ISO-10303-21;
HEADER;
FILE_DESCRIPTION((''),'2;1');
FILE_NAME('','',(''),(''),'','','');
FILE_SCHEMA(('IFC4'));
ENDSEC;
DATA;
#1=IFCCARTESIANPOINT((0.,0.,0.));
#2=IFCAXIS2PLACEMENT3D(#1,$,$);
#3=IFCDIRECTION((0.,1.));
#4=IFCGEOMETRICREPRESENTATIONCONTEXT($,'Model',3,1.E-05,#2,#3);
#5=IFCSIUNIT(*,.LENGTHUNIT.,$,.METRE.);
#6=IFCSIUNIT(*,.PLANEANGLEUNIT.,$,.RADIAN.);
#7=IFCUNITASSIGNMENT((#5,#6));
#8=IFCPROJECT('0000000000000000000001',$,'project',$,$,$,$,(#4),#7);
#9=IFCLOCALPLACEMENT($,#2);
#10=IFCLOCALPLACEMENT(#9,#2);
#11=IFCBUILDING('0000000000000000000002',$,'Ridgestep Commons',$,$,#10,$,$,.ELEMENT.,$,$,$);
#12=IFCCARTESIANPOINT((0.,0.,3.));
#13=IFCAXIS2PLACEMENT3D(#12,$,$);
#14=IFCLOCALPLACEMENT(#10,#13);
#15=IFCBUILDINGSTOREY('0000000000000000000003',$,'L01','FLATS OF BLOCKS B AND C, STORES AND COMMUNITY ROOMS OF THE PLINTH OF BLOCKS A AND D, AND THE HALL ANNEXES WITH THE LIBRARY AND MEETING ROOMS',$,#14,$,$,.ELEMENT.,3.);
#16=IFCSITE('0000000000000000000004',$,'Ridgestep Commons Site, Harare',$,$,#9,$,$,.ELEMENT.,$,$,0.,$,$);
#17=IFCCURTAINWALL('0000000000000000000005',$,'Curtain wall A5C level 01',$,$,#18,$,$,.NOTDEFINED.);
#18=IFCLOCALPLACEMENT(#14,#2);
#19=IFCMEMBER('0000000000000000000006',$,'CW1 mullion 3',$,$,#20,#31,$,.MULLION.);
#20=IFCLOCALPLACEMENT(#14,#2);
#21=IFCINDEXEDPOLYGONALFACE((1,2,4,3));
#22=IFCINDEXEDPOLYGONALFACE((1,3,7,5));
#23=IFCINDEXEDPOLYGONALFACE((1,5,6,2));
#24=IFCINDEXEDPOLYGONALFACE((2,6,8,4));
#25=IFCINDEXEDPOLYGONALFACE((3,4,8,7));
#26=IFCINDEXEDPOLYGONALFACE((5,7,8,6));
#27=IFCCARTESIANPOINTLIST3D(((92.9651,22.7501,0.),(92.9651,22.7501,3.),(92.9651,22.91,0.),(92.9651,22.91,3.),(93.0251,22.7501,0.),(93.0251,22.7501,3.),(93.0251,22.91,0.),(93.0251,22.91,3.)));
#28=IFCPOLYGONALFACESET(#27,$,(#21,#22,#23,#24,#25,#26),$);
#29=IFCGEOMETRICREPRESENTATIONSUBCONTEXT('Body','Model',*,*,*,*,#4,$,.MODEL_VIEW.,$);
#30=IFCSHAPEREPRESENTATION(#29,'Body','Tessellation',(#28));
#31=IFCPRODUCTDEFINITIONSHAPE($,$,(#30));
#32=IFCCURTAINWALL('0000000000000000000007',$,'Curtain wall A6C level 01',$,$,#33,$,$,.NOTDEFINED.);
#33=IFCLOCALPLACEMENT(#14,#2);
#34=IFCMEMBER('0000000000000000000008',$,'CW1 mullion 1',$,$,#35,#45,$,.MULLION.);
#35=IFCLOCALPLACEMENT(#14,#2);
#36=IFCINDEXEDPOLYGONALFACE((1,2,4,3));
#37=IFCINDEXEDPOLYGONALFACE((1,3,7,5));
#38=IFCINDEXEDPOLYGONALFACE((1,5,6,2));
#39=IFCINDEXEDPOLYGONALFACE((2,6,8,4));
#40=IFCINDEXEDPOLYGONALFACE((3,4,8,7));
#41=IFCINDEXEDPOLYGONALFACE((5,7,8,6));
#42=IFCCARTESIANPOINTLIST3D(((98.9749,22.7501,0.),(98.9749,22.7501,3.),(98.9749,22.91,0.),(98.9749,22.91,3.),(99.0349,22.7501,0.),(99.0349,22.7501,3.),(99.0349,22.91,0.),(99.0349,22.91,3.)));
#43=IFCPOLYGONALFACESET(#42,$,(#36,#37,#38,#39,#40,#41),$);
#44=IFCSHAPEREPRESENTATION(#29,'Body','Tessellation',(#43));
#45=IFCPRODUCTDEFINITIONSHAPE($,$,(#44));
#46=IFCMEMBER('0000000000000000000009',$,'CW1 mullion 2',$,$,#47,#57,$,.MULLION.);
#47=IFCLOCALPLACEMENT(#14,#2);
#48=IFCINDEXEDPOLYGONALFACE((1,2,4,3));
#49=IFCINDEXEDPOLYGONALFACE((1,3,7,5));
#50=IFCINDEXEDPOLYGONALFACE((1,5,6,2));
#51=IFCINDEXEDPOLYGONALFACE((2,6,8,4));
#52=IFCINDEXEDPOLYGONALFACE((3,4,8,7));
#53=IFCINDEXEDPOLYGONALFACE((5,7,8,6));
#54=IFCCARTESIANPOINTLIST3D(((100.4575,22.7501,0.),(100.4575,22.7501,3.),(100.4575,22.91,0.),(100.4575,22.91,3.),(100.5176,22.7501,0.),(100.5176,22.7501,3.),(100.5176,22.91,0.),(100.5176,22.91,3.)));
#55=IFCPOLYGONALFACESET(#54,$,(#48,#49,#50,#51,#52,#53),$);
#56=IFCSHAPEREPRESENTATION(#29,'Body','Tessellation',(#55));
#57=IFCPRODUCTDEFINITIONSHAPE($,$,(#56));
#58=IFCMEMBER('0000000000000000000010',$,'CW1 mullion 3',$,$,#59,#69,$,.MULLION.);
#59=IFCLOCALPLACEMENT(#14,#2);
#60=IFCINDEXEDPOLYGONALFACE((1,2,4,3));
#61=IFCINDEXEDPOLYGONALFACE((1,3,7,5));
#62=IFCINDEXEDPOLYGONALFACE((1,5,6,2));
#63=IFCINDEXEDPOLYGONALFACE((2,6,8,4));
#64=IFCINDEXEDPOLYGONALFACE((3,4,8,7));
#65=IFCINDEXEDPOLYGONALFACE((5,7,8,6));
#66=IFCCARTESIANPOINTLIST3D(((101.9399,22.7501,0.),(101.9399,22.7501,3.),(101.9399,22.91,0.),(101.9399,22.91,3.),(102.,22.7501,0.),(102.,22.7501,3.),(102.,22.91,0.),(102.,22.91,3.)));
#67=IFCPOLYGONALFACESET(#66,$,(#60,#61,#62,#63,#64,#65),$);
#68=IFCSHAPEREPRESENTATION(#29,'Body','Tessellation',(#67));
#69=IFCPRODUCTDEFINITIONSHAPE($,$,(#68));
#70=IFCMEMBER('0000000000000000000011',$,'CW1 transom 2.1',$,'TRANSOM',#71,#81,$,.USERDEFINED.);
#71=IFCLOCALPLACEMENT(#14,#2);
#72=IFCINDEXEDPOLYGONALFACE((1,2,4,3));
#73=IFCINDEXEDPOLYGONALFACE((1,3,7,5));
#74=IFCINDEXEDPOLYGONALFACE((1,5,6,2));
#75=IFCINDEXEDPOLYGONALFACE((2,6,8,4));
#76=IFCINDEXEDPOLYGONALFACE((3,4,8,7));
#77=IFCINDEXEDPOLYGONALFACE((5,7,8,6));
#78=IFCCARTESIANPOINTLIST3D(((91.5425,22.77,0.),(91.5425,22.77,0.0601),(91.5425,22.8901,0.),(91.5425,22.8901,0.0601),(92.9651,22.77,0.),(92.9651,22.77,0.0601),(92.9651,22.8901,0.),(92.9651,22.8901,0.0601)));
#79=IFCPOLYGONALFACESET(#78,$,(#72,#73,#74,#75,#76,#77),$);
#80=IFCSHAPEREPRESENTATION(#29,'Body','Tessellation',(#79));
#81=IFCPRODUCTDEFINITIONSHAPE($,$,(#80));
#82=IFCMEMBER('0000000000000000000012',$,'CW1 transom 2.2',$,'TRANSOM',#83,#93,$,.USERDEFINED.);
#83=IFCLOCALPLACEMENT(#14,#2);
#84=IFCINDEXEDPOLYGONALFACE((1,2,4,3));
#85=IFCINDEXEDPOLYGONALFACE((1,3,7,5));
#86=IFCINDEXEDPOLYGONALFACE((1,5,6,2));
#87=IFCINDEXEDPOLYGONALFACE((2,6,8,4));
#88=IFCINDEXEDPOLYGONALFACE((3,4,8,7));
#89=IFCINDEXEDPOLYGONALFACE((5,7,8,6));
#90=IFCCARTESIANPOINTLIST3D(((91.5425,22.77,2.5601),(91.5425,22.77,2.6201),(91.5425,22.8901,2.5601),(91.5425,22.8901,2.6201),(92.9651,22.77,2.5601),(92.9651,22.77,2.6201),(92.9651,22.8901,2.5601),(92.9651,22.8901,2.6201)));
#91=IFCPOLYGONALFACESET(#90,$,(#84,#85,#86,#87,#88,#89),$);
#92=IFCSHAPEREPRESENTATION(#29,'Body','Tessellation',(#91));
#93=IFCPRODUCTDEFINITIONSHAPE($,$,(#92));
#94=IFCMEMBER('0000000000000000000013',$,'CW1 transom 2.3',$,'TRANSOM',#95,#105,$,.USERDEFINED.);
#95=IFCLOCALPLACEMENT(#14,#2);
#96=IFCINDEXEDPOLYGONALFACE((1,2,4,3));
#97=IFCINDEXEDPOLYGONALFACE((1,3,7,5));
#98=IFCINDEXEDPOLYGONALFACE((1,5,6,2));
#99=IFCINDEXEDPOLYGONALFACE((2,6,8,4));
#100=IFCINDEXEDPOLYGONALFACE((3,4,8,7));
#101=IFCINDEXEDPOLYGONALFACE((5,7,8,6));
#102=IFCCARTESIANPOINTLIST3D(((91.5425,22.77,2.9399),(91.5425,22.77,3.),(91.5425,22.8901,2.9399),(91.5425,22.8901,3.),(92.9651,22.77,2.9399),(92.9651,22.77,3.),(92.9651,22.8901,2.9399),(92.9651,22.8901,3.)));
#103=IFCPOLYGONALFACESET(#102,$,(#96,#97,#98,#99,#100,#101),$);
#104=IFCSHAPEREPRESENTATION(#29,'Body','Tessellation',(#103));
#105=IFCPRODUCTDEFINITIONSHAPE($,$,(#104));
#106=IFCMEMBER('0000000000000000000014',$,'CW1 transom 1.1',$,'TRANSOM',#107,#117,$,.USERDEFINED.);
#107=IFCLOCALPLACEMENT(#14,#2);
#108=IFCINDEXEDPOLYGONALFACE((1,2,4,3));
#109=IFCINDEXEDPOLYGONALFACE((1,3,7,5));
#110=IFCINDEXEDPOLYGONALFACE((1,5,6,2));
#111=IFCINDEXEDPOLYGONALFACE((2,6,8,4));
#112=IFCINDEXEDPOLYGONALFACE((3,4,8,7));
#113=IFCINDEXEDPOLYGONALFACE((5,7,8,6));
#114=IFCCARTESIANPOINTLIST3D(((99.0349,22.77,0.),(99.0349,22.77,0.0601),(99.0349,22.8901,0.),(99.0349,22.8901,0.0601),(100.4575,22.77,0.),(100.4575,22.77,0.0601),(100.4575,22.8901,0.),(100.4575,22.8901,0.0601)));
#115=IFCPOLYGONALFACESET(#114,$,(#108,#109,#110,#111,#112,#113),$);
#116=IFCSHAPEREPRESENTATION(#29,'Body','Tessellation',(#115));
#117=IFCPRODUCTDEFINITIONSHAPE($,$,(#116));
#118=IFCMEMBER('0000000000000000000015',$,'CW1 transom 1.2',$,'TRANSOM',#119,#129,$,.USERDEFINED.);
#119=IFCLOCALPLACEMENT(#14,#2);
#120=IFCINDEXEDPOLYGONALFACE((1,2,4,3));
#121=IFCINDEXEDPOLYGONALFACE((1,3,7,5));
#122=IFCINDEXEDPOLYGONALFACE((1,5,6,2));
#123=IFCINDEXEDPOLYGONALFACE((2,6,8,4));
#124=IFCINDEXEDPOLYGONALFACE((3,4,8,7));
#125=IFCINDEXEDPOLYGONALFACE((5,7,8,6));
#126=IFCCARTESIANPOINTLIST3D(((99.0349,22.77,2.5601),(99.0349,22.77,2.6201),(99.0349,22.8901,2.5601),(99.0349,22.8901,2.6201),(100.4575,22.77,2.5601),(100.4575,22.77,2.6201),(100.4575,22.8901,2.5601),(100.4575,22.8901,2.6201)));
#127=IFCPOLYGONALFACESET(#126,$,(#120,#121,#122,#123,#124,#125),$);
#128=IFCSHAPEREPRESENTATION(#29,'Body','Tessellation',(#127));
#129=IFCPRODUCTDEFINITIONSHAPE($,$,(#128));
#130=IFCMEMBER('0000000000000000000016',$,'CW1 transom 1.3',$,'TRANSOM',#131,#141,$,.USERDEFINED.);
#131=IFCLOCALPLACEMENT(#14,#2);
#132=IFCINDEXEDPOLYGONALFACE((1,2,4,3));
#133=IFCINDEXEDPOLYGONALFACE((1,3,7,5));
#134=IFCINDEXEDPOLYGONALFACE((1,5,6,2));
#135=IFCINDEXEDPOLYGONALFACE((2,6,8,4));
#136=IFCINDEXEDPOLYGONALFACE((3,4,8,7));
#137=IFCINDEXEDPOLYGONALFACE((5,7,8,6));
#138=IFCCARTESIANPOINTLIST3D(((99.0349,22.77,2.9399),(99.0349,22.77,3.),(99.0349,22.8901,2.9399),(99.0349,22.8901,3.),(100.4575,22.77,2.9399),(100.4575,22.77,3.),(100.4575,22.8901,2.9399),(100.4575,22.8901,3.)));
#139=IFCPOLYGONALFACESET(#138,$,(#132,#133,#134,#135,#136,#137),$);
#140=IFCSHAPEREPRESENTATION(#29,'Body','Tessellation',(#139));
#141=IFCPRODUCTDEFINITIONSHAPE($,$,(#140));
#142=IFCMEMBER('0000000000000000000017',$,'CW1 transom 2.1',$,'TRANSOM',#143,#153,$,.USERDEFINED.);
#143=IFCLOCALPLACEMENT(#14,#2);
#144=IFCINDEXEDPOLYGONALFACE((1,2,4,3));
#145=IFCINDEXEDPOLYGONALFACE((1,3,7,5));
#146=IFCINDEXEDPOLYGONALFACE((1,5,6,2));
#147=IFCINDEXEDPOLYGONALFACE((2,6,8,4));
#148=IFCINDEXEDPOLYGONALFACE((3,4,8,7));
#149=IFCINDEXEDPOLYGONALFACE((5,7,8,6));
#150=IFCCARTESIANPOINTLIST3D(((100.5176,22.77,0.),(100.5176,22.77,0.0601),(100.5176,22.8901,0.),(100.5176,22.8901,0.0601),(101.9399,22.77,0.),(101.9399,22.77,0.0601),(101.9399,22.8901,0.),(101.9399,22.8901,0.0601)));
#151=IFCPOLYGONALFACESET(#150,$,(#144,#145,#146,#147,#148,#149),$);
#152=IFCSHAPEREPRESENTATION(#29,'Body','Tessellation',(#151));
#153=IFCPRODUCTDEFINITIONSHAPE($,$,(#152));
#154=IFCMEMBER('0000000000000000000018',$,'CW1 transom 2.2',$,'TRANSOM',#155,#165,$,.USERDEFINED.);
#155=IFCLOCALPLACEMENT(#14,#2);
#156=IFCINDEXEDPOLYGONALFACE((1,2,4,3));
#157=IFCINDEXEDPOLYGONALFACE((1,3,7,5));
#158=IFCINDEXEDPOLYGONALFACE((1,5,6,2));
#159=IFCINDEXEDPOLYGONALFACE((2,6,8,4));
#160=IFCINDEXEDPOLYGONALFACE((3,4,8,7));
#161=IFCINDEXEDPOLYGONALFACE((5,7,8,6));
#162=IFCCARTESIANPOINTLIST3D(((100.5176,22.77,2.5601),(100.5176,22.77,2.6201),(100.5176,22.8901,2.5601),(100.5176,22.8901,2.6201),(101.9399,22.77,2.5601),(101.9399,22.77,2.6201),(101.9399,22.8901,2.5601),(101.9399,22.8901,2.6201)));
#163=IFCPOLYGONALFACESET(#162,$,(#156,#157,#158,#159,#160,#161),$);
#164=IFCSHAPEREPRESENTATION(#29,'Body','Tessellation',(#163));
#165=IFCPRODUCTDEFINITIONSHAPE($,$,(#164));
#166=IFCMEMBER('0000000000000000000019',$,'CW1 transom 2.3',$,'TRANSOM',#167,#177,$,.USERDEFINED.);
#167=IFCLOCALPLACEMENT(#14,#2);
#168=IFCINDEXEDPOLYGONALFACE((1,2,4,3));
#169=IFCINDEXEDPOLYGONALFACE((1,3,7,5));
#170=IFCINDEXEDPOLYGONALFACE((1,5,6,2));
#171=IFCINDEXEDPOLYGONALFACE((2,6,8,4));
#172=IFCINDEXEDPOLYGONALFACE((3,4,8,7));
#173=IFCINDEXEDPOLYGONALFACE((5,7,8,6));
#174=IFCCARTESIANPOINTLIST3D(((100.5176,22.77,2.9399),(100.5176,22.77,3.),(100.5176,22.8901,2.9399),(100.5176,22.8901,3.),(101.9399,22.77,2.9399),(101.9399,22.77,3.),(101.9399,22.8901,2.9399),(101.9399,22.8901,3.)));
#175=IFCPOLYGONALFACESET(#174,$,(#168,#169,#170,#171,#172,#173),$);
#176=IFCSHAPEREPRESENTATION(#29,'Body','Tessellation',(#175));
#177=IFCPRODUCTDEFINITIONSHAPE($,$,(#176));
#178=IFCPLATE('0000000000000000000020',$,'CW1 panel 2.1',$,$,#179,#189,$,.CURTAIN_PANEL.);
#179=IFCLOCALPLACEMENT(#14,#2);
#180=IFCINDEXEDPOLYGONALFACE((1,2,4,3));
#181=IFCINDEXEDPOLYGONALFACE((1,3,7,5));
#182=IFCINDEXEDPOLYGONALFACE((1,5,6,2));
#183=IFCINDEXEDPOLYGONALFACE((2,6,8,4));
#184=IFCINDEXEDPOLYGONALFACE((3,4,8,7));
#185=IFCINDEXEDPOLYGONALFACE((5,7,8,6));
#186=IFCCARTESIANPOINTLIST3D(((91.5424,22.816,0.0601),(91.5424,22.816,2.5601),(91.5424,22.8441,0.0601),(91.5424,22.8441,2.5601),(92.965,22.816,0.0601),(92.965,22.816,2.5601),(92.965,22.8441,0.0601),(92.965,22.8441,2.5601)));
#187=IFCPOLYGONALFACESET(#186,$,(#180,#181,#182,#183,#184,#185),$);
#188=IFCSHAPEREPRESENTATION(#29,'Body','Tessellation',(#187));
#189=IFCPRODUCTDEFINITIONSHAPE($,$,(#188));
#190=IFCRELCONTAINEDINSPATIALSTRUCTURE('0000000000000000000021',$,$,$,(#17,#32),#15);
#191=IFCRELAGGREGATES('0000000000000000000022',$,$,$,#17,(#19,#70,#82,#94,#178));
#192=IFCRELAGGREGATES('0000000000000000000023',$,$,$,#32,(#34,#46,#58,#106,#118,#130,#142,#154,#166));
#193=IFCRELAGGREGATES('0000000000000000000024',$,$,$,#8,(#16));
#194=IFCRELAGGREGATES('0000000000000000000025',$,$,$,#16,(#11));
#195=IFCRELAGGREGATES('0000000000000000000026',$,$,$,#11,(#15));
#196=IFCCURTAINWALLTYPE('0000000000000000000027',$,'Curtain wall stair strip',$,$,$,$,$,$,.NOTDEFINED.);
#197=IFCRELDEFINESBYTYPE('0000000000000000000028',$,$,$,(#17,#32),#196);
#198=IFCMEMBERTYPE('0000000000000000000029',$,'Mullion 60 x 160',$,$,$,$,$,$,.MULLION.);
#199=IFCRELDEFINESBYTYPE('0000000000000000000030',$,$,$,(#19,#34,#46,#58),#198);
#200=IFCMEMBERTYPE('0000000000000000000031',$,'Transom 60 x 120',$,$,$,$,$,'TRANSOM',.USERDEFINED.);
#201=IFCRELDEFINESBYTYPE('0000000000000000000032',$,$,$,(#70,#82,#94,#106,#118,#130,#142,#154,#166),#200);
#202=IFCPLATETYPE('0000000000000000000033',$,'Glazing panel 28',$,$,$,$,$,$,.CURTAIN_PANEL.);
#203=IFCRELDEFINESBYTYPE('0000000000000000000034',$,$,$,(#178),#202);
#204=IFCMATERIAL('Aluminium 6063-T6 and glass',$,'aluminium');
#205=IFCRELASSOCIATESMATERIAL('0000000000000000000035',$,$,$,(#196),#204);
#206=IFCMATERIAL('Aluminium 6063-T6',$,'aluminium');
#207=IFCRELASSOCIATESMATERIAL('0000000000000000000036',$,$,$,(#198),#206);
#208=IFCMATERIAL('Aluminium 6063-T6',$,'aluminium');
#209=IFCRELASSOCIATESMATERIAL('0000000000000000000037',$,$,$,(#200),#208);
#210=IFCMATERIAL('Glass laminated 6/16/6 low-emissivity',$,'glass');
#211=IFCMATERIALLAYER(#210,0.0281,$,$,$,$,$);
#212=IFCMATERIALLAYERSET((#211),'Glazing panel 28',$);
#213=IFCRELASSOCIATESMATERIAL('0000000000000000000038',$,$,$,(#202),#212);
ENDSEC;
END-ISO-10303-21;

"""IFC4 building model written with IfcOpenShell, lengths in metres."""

from ifc_helpers import new_model, si_unit, direction, frame, origin, origin_2d, place, context, subcontext, project, spatial, rectangle, extrude, material, layer, layer_set, material_profile, profile_set, type_object, element, aggregate, save


model = new_model("IFC4")

# Units and contexts
model_context = context("Model", 3, precision=1e-05, world=origin(), true_north=direction((0.0, 1.0)))
body_context = subcontext(model_context, "Body", "Model", "MODEL_VIEW")
ifc_project = project(units=[si_unit("LENGTHUNIT", "METRE"), si_unit("PLANEANGLEUNIT", "RADIAN")], contexts=[model_context])

# Site, building, storey
site_placement = place(None, origin())
site = spatial("IfcSite", under=ifc_project, at=site_placement, Name="Ridgestep Commons Site, Harare", CompositionType="ELEMENT", RefElevation=0.0)
building_placement = place(site_placement, origin())
building = spatial("IfcBuilding", under=site, at=building_placement, Name="Ridgestep Commons", CompositionType="ELEMENT")
storey_placement = place(building_placement, frame((0.0, 0.0, 3.0)))
storey = spatial("IfcBuildingStorey", under=building, at=storey_placement, Name="L01", Description="FLATS OF BLOCKS B AND C, STORES AND COMMUNITY ROOMS OF THE PLINTH OF BLOCKS A AND D, AND THE HALL ANNEXES WITH THE LIBRARY AND MEETING ROOMS", CompositionType="ELEMENT", Elevation=3.0)

# Curtain wall, member
ifc_material_1 = material(Name="Aluminium 6063-T6 and glass", Category="aluminium")
curtain_wall_type = type_object("IfcCurtainWallType", Name="Curtain wall stair strip", PredefinedType="NOTDEFINED", material=ifc_material_1)
curtain_wall_1_placement = place(storey_placement, origin())
curtain_wall_1 = element("IfcCurtainWall", 1, at=curtain_wall_1_placement, inside=storey, type_object=curtain_wall_type, Name="Curtain wall A5C level 01", PredefinedType="NOTDEFINED")
ifc_material_2 = material(Name="Aluminium 6063-T6", Category="aluminium")
ifc_material_profile_1 = material_profile(ifc_material_2, rectangle(XDim=0.1599, YDim=0.0601, at=origin_2d()), Name="Mullion 60 x 160")
ifc_profile_set_1 = profile_set([ifc_material_profile_1], Name="Aluminium 6063-T6")
member_type_1 = type_object("IfcMemberType", Name="Mullion 60 x 160", PredefinedType="MULLION", material=ifc_profile_set_1)
member_1_placement = place(storey_placement, frame((92.9951, 22.8301, 0.0), z_axis=(0.0, 0.0, 1.0), x_axis=(0.0, 1.0, 0.0)))
member_1 = element("IfcMember", 2, at=member_1_placement, type_object=member_type_1, Name="CW1 mullion 3", PredefinedType="MULLION", context=body_context, shape_type="SweptSolid", body=[
    extrude(rectangle(XDim=0.1599, YDim=0.0601, at=origin_2d()), origin(), (0.0, 0.0, 1.0), 3.0),
])

# Curtain wall, members
curtain_wall_2_placement = place(storey_placement, origin())
curtain_wall_2 = element("IfcCurtainWall", 3, at=curtain_wall_2_placement, inside=storey, type_object=curtain_wall_type, Name="Curtain wall A6C level 01", PredefinedType="NOTDEFINED")
member_2_placement = place(storey_placement, frame((99.0049, 22.8301, 0.0), z_axis=(0.0, 0.0, 1.0), x_axis=(0.0, 1.0, 0.0)))
member_2 = element("IfcMember", 4, at=member_2_placement, type_object=member_type_1, Name="CW1 mullion 1", PredefinedType="MULLION", context=body_context, shape_type="SweptSolid", body=[
    extrude(rectangle(XDim=0.1599, YDim=0.0601, at=origin_2d()), origin(), (0.0, 0.0, 1.0), 3.0),
])
member_3_placement = place(storey_placement, frame((100.4875, 22.8301, 0.0), z_axis=(0.0, 0.0, 1.0), x_axis=(0.0, 1.0, 0.0)))
member_3 = element("IfcMember", 5, at=member_3_placement, type_object=member_type_1, Name="CW1 mullion 2", PredefinedType="MULLION", context=body_context, shape_type="SweptSolid", body=[
    extrude(rectangle(XDim=0.1599, YDim=0.0601, at=origin_2d()), origin(), (0.0, 0.0, 1.0), 3.0),
])
member_4_placement = place(storey_placement, frame((101.97, 22.8301, 0.0), z_axis=(0.0, 0.0, 1.0), x_axis=(0.0, 1.0, 0.0)))
member_4 = element("IfcMember", 6, at=member_4_placement, type_object=member_type_1, Name="CW1 mullion 3", PredefinedType="MULLION", context=body_context, shape_type="SweptSolid", body=[
    extrude(rectangle(XDim=0.1599, YDim=0.0601, at=origin_2d()), origin(), (0.0, 0.0, 1.0), 3.0),
])

# Members
ifc_material_3 = material(Name="Aluminium 6063-T6", Category="aluminium")
ifc_material_profile_2 = material_profile(ifc_material_3, rectangle(XDim=0.1201, YDim=0.0601, at=origin_2d()), Name="Transom 60 x 120")
ifc_profile_set_2 = profile_set([ifc_material_profile_2], Name="Aluminium 6063-T6")
member_type_2 = type_object("IfcMemberType", Name="Transom 60 x 120", ElementType="TRANSOM", PredefinedType="USERDEFINED", material=ifc_profile_set_2)
member_5_placement = place(storey_placement, frame((91.5425, 22.8301, 0.03), z_axis=(1.0, 0.0, 0.0), x_axis=(0.0, 1.0, 0.0)))
member_5 = element("IfcMember", 7, at=member_5_placement, type_object=member_type_2, Name="CW1 transom 2.1", ObjectType="TRANSOM", PredefinedType="USERDEFINED", context=body_context, shape_type="SweptSolid", body=[
    extrude(rectangle(XDim=0.1201, YDim=0.0601, at=origin_2d()), origin(), (0.0, 0.0, 1.0), 1.4226),
])
member_6_placement = place(storey_placement, frame((91.5425, 22.8301, 2.5901), z_axis=(1.0, 0.0, 0.0), x_axis=(0.0, 1.0, 0.0)))
member_6 = element("IfcMember", 8, at=member_6_placement, type_object=member_type_2, Name="CW1 transom 2.2", ObjectType="TRANSOM", PredefinedType="USERDEFINED", context=body_context, shape_type="SweptSolid", body=[
    extrude(rectangle(XDim=0.1201, YDim=0.0601, at=origin_2d()), origin(), (0.0, 0.0, 1.0), 1.4226),
])
member_7_placement = place(storey_placement, frame((91.5425, 22.8301, 2.97), z_axis=(1.0, 0.0, 0.0), x_axis=(0.0, 1.0, 0.0)))
member_7 = element("IfcMember", 9, at=member_7_placement, type_object=member_type_2, Name="CW1 transom 2.3", ObjectType="TRANSOM", PredefinedType="USERDEFINED", context=body_context, shape_type="SweptSolid", body=[
    extrude(rectangle(XDim=0.1201, YDim=0.0601, at=origin_2d()), origin(), (0.0, 0.0, 1.0), 1.4226),
])
member_8_placement = place(storey_placement, frame((99.0349, 22.8301, 0.03), z_axis=(1.0, 0.0, 0.0), x_axis=(0.0, 1.0, 0.0)))
member_8 = element("IfcMember", 10, at=member_8_placement, type_object=member_type_2, Name="CW1 transom 1.1", ObjectType="TRANSOM", PredefinedType="USERDEFINED", context=body_context, shape_type="SweptSolid", body=[
    extrude(rectangle(XDim=0.1201, YDim=0.0601, at=origin_2d()), origin(), (0.0, 0.0, 1.0), 1.4226),
])
member_9_placement = place(storey_placement, frame((99.0349, 22.8301, 2.5901), z_axis=(1.0, 0.0, 0.0), x_axis=(0.0, 1.0, 0.0)))
member_9 = element("IfcMember", 11, at=member_9_placement, type_object=member_type_2, Name="CW1 transom 1.2", ObjectType="TRANSOM", PredefinedType="USERDEFINED", context=body_context, shape_type="SweptSolid", body=[
    extrude(rectangle(XDim=0.1201, YDim=0.0601, at=origin_2d()), origin(), (0.0, 0.0, 1.0), 1.4226),
])
member_10_placement = place(storey_placement, frame((99.0349, 22.8301, 2.97), z_axis=(1.0, 0.0, 0.0), x_axis=(0.0, 1.0, 0.0)))
member_10 = element("IfcMember", 12, at=member_10_placement, type_object=member_type_2, Name="CW1 transom 1.3", ObjectType="TRANSOM", PredefinedType="USERDEFINED", context=body_context, shape_type="SweptSolid", body=[
    extrude(rectangle(XDim=0.1201, YDim=0.0601, at=origin_2d()), origin(), (0.0, 0.0, 1.0), 1.4226),
])
member_11_placement = place(storey_placement, frame((100.5176, 22.8301, 0.03), z_axis=(1.0, 0.0, 0.0), x_axis=(0.0, 1.0, 0.0)))
member_11 = element("IfcMember", 13, at=member_11_placement, type_object=member_type_2, Name="CW1 transom 2.1", ObjectType="TRANSOM", PredefinedType="USERDEFINED", context=body_context, shape_type="SweptSolid", body=[
    extrude(rectangle(XDim=0.1201, YDim=0.0601, at=origin_2d()), origin(), (0.0, 0.0, 1.0), 1.4224),
])
member_12_placement = place(storey_placement, frame((100.5176, 22.8301, 2.5901), z_axis=(1.0, 0.0, 0.0), x_axis=(0.0, 1.0, 0.0)))
member_12 = element("IfcMember", 14, at=member_12_placement, type_object=member_type_2, Name="CW1 transom 2.2", ObjectType="TRANSOM", PredefinedType="USERDEFINED", context=body_context, shape_type="SweptSolid", body=[
    extrude(rectangle(XDim=0.1201, YDim=0.0601, at=origin_2d()), origin(), (0.0, 0.0, 1.0), 1.4224),
])
member_13_placement = place(storey_placement, frame((100.5176, 22.8301, 2.97), z_axis=(1.0, 0.0, 0.0), x_axis=(0.0, 1.0, 0.0)))
member_13 = element("IfcMember", 15, at=member_13_placement, type_object=member_type_2, Name="CW1 transom 2.3", ObjectType="TRANSOM", PredefinedType="USERDEFINED", context=body_context, shape_type="SweptSolid", body=[
    extrude(rectangle(XDim=0.1201, YDim=0.0601, at=origin_2d()), origin(), (0.0, 0.0, 1.0), 1.4224),
])

# Plate
ifc_material_4 = material(Name="Glass laminated 6/16/6 low-emissivity", Category="glass")
ifc_layer_1 = layer(ifc_material_4, 0.0281)
ifc_layer_set_1 = layer_set([ifc_layer_1], Name="Glazing panel 28")
plate_type_1 = type_object("IfcPlateType", Name="Glazing panel 28", PredefinedType="CURTAIN_PANEL", material=ifc_layer_set_1)
plate_1_placement = place(storey_placement, frame((92.2537, 22.8301, 0.0601), z_axis=(0.0, 0.0, 1.0), x_axis=(1.0, 0.0, 0.0)))
plate_1 = element("IfcPlate", 16, at=plate_1_placement, type_object=plate_type_1, Name="CW1 panel 2.1", PredefinedType="CURTAIN_PANEL", context=body_context, shape_type="SweptSolid", body=[
    extrude(rectangle(XDim=1.4226, YDim=0.0281, at=origin_2d()), origin(), (0.0, 0.0, 1.0), 2.5),
])
aggregate(curtain_wall_1, [member_1, member_5, member_6, member_7, plate_1])
aggregate(curtain_wall_2, [member_2, member_3, member_4, member_8, member_9, member_10, member_11, member_12, member_13])

save(model, "model.ifc")
